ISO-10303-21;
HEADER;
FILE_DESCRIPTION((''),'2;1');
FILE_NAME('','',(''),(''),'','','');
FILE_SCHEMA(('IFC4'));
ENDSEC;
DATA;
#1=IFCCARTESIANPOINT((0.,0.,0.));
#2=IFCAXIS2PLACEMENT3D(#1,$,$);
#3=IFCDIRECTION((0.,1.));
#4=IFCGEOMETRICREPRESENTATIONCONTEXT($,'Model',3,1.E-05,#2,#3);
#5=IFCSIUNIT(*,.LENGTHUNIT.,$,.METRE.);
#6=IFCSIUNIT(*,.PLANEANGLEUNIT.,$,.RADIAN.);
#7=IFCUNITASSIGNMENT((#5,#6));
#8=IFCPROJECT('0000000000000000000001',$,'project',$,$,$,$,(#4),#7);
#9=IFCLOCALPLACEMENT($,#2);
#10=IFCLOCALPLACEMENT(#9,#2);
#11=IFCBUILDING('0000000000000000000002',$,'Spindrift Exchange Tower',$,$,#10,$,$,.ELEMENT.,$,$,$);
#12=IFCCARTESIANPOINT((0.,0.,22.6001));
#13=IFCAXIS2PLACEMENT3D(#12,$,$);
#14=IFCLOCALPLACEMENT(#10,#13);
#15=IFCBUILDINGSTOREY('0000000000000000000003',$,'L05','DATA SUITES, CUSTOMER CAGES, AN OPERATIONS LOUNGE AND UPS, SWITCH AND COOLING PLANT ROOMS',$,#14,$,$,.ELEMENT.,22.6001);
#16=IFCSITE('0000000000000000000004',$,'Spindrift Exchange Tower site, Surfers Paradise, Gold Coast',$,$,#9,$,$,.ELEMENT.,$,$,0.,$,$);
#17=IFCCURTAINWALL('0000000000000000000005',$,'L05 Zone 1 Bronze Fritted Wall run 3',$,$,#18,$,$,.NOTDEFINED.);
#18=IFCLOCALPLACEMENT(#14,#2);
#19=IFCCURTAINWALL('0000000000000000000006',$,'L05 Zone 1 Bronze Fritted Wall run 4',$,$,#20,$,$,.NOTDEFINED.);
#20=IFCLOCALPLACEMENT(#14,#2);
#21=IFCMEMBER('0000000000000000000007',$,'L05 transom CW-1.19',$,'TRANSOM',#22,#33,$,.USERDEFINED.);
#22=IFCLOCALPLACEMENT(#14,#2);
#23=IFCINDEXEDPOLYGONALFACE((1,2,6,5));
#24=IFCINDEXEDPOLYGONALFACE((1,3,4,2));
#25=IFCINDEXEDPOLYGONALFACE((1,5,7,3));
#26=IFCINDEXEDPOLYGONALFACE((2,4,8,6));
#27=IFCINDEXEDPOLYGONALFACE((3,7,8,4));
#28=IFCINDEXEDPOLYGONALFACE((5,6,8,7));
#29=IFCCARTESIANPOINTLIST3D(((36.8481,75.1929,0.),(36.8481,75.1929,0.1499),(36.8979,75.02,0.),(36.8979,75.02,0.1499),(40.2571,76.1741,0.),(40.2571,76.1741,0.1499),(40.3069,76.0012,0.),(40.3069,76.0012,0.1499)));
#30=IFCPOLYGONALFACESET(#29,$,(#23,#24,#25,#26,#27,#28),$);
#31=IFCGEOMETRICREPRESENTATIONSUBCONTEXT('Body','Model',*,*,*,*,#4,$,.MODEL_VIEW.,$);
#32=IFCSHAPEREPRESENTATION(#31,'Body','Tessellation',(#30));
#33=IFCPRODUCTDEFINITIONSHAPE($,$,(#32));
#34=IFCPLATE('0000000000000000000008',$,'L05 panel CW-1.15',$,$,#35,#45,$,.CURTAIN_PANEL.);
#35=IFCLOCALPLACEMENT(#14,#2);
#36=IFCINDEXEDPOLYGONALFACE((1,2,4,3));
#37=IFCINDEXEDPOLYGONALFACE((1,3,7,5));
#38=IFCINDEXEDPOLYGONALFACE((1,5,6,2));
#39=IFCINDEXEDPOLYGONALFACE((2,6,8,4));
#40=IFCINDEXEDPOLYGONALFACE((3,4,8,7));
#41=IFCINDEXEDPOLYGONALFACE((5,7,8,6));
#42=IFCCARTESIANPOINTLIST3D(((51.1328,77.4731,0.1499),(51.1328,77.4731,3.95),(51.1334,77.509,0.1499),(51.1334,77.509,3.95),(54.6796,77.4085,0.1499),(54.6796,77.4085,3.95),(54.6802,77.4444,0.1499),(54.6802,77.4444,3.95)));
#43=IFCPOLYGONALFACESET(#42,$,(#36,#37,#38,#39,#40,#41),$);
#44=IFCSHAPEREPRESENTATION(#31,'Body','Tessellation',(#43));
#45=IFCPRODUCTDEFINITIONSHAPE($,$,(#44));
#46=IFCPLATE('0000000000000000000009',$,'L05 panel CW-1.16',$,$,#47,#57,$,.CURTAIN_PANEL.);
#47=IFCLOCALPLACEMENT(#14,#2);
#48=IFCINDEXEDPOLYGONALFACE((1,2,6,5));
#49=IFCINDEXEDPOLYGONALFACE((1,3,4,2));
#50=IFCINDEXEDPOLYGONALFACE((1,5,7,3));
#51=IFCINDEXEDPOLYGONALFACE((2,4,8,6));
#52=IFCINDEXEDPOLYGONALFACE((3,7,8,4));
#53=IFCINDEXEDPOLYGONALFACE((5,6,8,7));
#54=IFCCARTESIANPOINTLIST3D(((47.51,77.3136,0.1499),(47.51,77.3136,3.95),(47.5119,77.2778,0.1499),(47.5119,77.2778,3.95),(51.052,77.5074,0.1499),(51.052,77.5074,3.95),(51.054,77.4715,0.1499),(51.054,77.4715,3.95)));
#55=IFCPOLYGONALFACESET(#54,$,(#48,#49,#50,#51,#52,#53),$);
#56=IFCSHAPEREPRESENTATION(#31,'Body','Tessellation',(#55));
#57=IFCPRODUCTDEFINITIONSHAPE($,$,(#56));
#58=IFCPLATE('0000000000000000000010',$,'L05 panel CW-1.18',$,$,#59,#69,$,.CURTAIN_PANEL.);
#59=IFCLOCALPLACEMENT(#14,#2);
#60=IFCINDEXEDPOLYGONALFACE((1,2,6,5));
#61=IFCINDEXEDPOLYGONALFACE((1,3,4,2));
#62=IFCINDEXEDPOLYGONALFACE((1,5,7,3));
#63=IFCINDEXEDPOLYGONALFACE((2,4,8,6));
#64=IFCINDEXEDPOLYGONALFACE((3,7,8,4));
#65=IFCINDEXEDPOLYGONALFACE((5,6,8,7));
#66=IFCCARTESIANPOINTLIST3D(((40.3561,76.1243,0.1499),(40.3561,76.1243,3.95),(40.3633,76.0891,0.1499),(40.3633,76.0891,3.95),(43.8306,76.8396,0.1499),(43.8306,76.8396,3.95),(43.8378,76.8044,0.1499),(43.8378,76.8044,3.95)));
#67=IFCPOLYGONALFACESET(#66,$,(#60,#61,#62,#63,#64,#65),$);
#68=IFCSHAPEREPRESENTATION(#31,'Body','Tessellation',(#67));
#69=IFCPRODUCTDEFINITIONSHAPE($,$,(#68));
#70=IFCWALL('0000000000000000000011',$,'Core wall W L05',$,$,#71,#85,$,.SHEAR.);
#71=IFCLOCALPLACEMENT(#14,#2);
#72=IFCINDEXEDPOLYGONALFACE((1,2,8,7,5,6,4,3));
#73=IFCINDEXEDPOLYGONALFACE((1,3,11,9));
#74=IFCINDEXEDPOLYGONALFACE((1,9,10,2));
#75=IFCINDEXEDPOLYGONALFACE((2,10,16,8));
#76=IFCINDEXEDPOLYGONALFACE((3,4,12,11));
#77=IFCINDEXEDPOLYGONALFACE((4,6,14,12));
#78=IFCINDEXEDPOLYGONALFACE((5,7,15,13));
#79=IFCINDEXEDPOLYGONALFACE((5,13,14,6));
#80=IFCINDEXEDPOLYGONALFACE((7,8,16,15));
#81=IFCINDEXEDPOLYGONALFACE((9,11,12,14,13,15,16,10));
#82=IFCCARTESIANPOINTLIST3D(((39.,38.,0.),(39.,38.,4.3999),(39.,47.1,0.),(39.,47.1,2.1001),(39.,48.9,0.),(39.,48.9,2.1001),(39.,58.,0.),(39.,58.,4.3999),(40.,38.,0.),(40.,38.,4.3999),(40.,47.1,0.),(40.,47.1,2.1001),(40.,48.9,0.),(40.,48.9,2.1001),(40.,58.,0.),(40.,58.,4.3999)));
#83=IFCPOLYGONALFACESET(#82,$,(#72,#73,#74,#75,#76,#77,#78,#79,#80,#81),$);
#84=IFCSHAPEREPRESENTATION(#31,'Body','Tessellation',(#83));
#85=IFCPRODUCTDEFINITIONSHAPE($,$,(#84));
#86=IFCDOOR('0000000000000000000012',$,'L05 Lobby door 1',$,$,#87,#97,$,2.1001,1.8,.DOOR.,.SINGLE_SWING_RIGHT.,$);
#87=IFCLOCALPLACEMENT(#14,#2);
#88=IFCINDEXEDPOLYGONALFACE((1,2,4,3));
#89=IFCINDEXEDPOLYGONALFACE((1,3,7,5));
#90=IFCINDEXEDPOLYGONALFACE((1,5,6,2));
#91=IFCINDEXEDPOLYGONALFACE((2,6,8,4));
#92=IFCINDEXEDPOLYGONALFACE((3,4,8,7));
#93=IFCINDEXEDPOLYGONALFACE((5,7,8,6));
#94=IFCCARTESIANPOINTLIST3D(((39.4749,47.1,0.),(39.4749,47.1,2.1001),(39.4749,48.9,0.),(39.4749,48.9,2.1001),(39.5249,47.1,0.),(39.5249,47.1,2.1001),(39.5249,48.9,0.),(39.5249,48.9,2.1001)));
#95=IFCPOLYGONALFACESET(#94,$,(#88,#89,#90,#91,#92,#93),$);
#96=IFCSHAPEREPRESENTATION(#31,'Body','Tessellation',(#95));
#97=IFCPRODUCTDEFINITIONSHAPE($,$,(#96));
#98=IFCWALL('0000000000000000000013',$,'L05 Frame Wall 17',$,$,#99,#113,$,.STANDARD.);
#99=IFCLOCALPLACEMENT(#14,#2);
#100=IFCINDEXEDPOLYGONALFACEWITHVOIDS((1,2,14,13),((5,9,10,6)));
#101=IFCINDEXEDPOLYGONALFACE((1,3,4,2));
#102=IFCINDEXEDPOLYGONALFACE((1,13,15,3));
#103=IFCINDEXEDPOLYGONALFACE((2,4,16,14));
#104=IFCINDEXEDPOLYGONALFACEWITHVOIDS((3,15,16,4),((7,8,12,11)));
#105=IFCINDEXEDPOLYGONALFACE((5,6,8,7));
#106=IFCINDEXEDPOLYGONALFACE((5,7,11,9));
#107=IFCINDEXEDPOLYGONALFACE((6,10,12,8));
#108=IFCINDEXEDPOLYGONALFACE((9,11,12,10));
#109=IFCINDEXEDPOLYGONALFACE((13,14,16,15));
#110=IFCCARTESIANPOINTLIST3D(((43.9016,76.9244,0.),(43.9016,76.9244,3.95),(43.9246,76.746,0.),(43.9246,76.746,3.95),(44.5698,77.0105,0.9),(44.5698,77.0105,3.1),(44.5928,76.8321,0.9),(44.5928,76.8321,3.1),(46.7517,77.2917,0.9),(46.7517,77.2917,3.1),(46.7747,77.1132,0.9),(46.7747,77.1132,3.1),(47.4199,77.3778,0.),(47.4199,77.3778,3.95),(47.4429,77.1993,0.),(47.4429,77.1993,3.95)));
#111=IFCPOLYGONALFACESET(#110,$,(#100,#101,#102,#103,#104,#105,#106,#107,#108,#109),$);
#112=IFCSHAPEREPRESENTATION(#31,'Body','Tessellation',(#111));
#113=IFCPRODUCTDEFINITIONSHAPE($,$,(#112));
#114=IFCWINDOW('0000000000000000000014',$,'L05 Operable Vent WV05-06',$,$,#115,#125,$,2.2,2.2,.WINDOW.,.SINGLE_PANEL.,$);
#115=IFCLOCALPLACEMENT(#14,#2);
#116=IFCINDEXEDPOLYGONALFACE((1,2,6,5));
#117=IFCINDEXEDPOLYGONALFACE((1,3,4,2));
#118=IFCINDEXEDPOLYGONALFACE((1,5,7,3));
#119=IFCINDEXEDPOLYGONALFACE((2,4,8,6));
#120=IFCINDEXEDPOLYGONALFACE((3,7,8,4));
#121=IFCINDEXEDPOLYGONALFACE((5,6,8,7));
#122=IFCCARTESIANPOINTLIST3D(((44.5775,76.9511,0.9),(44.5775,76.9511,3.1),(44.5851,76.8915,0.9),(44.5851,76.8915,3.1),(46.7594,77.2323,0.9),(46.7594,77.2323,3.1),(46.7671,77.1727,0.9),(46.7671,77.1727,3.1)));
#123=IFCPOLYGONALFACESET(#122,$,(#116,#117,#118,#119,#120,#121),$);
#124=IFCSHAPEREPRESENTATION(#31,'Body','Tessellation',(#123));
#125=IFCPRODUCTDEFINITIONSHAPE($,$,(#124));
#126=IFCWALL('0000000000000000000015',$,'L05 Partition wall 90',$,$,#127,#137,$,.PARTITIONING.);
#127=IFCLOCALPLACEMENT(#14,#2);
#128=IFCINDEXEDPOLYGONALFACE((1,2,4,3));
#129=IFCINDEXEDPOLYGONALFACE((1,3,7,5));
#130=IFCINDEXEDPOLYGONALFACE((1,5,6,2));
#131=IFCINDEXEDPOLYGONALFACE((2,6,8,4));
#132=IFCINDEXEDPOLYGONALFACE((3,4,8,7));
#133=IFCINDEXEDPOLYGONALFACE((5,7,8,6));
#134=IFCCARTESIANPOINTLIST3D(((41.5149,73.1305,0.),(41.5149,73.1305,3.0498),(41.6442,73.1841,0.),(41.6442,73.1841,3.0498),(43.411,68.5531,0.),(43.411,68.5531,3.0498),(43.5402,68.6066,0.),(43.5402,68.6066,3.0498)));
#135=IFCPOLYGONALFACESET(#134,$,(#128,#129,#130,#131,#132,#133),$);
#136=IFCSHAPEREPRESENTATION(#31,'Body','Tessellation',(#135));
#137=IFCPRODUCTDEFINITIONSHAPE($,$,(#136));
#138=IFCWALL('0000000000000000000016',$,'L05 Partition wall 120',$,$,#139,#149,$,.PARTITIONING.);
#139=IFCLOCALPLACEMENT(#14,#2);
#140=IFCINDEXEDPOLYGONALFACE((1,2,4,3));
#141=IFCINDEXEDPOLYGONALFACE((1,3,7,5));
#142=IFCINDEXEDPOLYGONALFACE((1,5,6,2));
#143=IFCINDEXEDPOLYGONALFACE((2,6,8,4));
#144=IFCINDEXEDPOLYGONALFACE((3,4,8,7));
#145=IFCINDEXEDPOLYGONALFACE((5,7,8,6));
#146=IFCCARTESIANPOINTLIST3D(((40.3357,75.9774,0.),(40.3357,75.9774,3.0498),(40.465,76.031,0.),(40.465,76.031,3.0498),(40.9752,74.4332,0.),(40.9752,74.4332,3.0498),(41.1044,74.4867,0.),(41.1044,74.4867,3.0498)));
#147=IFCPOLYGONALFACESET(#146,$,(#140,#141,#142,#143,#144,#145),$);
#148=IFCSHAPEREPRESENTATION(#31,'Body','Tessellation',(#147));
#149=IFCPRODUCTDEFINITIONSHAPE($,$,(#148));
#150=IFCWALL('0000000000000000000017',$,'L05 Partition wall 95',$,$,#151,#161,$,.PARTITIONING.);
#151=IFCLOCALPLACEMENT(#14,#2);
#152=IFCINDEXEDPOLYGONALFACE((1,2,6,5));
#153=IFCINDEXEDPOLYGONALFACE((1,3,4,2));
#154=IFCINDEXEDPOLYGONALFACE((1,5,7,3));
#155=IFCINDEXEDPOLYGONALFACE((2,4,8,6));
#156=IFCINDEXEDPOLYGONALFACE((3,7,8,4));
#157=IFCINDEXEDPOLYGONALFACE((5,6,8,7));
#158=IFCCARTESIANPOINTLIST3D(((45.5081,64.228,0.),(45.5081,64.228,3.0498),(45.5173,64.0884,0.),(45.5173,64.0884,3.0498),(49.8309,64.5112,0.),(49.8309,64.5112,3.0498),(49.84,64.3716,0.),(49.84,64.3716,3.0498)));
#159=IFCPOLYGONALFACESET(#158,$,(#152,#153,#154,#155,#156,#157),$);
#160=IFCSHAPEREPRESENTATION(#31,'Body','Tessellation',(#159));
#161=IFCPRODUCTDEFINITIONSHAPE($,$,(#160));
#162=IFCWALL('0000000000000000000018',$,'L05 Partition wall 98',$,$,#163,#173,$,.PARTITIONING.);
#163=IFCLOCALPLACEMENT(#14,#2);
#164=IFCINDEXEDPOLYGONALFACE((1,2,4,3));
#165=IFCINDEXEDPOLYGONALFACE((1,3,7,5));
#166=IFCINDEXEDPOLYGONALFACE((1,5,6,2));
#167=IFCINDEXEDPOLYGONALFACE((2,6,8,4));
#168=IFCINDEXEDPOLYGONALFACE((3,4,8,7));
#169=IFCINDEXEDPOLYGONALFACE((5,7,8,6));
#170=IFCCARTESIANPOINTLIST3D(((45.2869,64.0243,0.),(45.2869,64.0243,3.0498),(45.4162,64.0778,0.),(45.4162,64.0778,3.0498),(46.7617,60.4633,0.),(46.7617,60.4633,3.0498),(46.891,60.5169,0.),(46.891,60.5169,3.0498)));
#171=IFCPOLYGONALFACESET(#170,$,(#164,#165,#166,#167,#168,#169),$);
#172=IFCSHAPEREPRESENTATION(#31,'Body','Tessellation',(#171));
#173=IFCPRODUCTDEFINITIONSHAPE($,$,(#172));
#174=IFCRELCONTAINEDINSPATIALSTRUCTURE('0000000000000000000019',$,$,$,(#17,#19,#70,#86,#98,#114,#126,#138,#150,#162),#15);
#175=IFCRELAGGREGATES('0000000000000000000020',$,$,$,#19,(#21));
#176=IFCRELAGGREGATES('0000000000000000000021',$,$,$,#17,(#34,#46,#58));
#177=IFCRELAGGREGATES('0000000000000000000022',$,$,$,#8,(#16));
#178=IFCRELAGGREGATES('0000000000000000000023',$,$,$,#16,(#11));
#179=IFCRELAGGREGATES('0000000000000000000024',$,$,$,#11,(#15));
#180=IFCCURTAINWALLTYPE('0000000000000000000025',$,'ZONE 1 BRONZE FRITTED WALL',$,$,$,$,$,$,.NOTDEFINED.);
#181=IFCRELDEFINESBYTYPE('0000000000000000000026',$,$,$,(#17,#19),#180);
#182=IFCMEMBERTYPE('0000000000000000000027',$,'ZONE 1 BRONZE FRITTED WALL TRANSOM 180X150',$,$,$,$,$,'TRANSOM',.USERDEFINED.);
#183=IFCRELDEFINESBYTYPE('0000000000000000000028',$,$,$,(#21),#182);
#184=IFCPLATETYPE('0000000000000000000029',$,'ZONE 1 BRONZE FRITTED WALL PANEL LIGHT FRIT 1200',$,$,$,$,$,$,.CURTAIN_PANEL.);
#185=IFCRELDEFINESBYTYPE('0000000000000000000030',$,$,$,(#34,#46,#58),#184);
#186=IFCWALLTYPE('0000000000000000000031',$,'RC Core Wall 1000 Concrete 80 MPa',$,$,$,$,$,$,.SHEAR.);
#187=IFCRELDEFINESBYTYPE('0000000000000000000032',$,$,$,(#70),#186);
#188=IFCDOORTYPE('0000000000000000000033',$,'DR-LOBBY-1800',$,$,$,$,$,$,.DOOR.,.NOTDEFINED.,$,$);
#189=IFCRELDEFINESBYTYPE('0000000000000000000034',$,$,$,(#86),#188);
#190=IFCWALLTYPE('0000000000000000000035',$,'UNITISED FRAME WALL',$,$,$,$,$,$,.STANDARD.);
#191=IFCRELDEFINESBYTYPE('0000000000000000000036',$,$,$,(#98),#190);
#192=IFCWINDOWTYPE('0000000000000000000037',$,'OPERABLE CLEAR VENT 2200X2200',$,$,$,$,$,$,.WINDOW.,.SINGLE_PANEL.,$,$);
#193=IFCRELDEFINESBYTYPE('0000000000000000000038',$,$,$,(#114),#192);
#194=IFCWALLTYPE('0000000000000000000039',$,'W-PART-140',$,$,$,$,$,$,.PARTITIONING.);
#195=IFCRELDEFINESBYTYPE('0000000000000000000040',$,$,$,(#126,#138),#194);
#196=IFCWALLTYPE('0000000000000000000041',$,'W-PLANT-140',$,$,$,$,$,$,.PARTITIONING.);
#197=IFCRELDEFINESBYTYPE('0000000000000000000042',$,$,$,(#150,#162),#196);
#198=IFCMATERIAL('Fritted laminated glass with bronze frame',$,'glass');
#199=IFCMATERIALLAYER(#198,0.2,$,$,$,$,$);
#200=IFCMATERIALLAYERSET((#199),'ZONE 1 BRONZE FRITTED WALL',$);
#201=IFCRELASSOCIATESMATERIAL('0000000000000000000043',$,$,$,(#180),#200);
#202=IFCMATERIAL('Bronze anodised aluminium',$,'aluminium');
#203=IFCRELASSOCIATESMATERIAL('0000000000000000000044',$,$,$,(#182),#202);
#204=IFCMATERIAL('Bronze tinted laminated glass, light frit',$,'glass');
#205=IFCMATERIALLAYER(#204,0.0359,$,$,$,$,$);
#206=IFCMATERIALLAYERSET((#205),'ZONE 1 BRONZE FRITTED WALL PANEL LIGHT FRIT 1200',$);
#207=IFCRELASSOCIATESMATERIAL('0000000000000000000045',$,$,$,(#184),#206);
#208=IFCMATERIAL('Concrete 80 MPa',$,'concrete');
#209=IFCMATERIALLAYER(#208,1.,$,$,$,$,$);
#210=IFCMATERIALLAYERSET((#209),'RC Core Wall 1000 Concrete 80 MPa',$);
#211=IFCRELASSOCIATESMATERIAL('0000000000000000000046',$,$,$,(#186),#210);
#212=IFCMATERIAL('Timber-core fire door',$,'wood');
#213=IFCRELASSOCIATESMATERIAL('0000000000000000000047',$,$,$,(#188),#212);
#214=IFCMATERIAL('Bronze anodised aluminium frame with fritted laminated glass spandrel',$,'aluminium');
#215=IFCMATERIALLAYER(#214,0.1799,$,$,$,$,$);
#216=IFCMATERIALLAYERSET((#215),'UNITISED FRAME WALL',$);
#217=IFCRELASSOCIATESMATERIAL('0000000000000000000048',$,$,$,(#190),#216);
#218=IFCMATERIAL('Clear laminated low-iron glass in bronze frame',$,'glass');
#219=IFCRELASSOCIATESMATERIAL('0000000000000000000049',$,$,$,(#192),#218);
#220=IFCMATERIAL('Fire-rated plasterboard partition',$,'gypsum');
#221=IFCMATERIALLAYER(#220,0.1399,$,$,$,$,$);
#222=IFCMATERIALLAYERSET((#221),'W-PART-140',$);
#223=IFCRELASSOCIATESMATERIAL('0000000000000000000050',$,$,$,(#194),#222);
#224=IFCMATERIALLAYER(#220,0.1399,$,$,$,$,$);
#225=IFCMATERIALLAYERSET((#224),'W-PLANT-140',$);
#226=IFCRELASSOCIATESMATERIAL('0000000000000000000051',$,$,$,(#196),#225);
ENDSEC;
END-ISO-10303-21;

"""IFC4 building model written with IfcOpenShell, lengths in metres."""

from ifc_helpers import new_model, si_unit, direction, frame, frame_2d, origin, origin_2d, place, context, subcontext, project, spatial, rectangle, extrude, source, transform, mapped, material, layer, layer_set, material_profile, profile_set, type_object, element, fill, aggregate, save


model = new_model("IFC4")

# Units and contexts
model_context = context("Model", 3, precision=1e-05, world=origin(), true_north=direction((0.0, 1.0)))
body_context = subcontext(model_context, "Body", "Model", "MODEL_VIEW")
ifc_project = project(units=[si_unit("LENGTHUNIT", "METRE"), si_unit("PLANEANGLEUNIT", "RADIAN")], contexts=[model_context])

# Site, building, storey
site_placement = place(None, origin())
site = spatial("IfcSite", under=ifc_project, at=site_placement, Name="Spindrift Exchange Tower site, Surfers Paradise, Gold Coast", CompositionType="ELEMENT", RefElevation=0.0)
building_placement = place(site_placement, origin())
building = spatial("IfcBuilding", under=site, at=building_placement, Name="Spindrift Exchange Tower", CompositionType="ELEMENT")
storey_placement = place(building_placement, frame((0.0, 0.0, 22.6001)))
storey = spatial("IfcBuildingStorey", under=building, at=storey_placement, Name="L05", Description="DATA SUITES, CUSTOMER CAGES, AN OPERATIONS LOUNGE AND UPS, SWITCH AND COOLING PLANT ROOMS", CompositionType="ELEMENT", Elevation=22.6001)

# Shared definitions
ifc_material_1 = material(Name="Concrete 80 MPa", Category="concrete")

# Curtain wall
ifc_material_2 = material(Name="Fritted laminated glass with bronze frame", Category="glass")
ifc_layer_1 = layer(ifc_material_2, 0.2)
ifc_layer_set_1 = layer_set([ifc_layer_1], Name="ZONE 1 BRONZE FRITTED WALL")
curtain_wall_type = type_object("IfcCurtainWallType", Name="ZONE 1 BRONZE FRITTED WALL", PredefinedType="NOTDEFINED", material=ifc_layer_set_1)
curtain_wall_1_placement = place(storey_placement, origin())
curtain_wall_1 = element("IfcCurtainWall", 1, at=curtain_wall_1_placement, inside=storey, type_object=curtain_wall_type, Name="L05 Zone 1 Bronze Fritted Wall run 3", PredefinedType="NOTDEFINED")
ifc_material_3 = material(Name="Bronze anodised aluminium", Category="aluminium")

# Curtain wall
curtain_wall_2_placement = place(storey_placement, origin())
curtain_wall_2 = element("IfcCurtainWall", 2, at=curtain_wall_2_placement, inside=storey, type_object=curtain_wall_type, Name="L05 Zone 1 Bronze Fritted Wall run 4", PredefinedType="NOTDEFINED")

# Member
ifc_material_profile_1 = material_profile(ifc_material_3, rectangle(XDim=0.1799, YDim=0.1499, at=origin_2d()), Name="ZONE 1 BRONZE FRITTED WALL TRANSOM 180X150")
ifc_profile_set_1 = profile_set([ifc_material_profile_1], Name="Bronze anodised aluminium")
member_type_1 = type_object("IfcMemberType", Name="ZONE 1 BRONZE FRITTED WALL TRANSOM 180X150", ElementType="TRANSOM", PredefinedType="USERDEFINED", material=ifc_profile_set_1)
shared_shape_1 = source(origin(), body_context, "Body", "SweptSolid", [
    extrude(rectangle(XDim=0.1799, YDim=0.1499, at=origin_2d()), origin(), (0.0, 0.0, 1.0), 3.5474),
])
member_1_placement = place(storey_placement, frame((40.282, 76.0876, 0.075), z_axis=(-0.960985, -0.276602, 0.0), x_axis=(0.276602, -0.960985, 0.0)))
member_1 = element("IfcMember", 3, at=member_1_placement, type_object=member_type_1, Name="L05 transom CW-1.19", ObjectType="TRANSOM", PredefinedType="USERDEFINED", context=body_context, shape_type="MappedRepresentation", body=[
    mapped(shared_shape_1, transform((0.0, 0.0, 0.0), scale=1.0)),
])
aggregate(curtain_wall_2, [member_1])

# Plates
ifc_material_4 = material(Name="Bronze tinted laminated glass, light frit", Category="glass")
ifc_layer_2 = layer(ifc_material_4, 0.0359)
ifc_layer_set_2 = layer_set([ifc_layer_2], Name="ZONE 1 BRONZE FRITTED WALL PANEL LIGHT FRIT 1200")
plate_type = type_object("IfcPlateType", Name="ZONE 1 BRONZE FRITTED WALL PANEL LIGHT FRIT 1200", PredefinedType="CURTAIN_PANEL", material=ifc_layer_set_2)
shared_shape_2 = source(origin(), body_context, "Body", "SweptSolid", [
    extrude(rectangle(XDim=3.5474, YDim=0.0359, at=origin_2d()), origin(), (0.0, 0.0, 1.0), 3.8),
])
plate_1_placement = place(storey_placement, frame((52.9065, 77.4587, 0.1499), z_axis=(0.0, 0.0, 1.0), x_axis=(-0.999834, 0.018194, 0.0)))
plate_1 = element("IfcPlate", 4, at=plate_1_placement, type_object=plate_type, Name="L05 panel CW-1.15", PredefinedType="CURTAIN_PANEL", context=body_context, shape_type="MappedRepresentation", body=[
    mapped(shared_shape_2, transform((0.0, 0.0, 0.0), scale=1.0)),
])
plate_2_placement = place(storey_placement, frame((49.282, 77.3926, 0.1499), z_axis=(0.0, 0.0, 1.0), x_axis=(-0.998508, -0.054612, 0.0)))
plate_2 = element("IfcPlate", 5, at=plate_2_placement, type_object=plate_type, Name="L05 panel CW-1.16", PredefinedType="CURTAIN_PANEL", context=body_context, shape_type="MappedRepresentation", body=[
    mapped(shared_shape_2, transform((0.0, 0.0, 0.0), scale=1.0)),
])
plate_3_placement = place(storey_placement, frame((42.0969, 76.4644, 0.1499), z_axis=(0.0, 0.0, 1.0), x_axis=(-0.979461, -0.201632, 0.0)))
plate_3 = element("IfcPlate", 6, at=plate_3_placement, type_object=plate_type, Name="L05 panel CW-1.18", PredefinedType="CURTAIN_PANEL", context=body_context, shape_type="MappedRepresentation", body=[
    mapped(shared_shape_2, transform((0.0, 0.0, 0.0), scale=1.0)),
])
aggregate(curtain_wall_1, [plate_1, plate_2, plate_3])

# Wall, opening, door
ifc_layer_3 = layer(ifc_material_1, 1.0)
ifc_layer_set_3 = layer_set([ifc_layer_3], Name="RC Core Wall 1000 Concrete 80 MPa")
wall_type_1 = type_object("IfcWallType", Name="RC Core Wall 1000 Concrete 80 MPa", PredefinedType="SHEAR", material=ifc_layer_set_3)
wall_1_placement = place(storey_placement, frame((39.5, 58.0, 0.0), z_axis=(0.0, 0.0, 1.0), x_axis=(0.0, -1.0, 0.0)))
wall_1 = element("IfcWall", 7, at=wall_1_placement, inside=storey, type_object=wall_type_1, Name="Core wall W L05", PredefinedType="SHEAR", context=body_context, shape_type="SweptSolid", body=[
    extrude(rectangle(XDim=20.0, YDim=1.0, at=frame_2d((10.0, 0.0))), origin(), (0.0, 0.0, 1.0), 4.3999),
])
opening_1_placement = place(wall_1_placement, frame((9.1001, 0.0, 0.0)))
opening_1 = element("IfcOpeningElement", 8, at=opening_1_placement, cuts=wall_1, PredefinedType="OPENING", context=body_context, shape_type="SweptSolid", body=[
    extrude(rectangle(XDim=1.8, YDim=2.1001, at=frame_2d((0.8999, 1.05))), frame((0.0, 0.51, 0.0), z_axis=(0.0, -1.0, 0.0), x_axis=(1.0, 0.0, 0.0)), (0.0, 0.0, 1.0), 1.02),
])
ifc_material_5 = material(Name="Timber-core fire door", Category="wood")
door_type = type_object("IfcDoorType", Name="DR-LOBBY-1800", OperationType="NOTDEFINED", PredefinedType="DOOR", material=ifc_material_5)
shared_shape_3 = source(origin(), body_context, "Body", "SweptSolid", [
    extrude(rectangle(XDim=1.8, YDim=2.1001, at=frame_2d((0.8999, 1.05))), frame((0.0, 0.0249, 0.0), z_axis=(0.0, -1.0, 0.0), x_axis=(1.0, 0.0, 0.0)), (0.0, 0.0, 1.0), 0.05),
])
door_placement = place(opening_1_placement, origin())
door = element("IfcDoor", 9, at=door_placement, inside=storey, type_object=door_type, Name="L05 Lobby door 1", OperationType="SINGLE_SWING_RIGHT", OverallHeight=2.1001, OverallWidth=1.8, PredefinedType="DOOR", context=body_context, shape_type="MappedRepresentation", body=[
    mapped(shared_shape_3, transform((0.0, 0.0, 0.0), scale=1.0)),
])
fill(opening_1, door)

# Wall, opening, window
ifc_material_6 = material(Name="Bronze anodised aluminium frame with fritted laminated glass spandrel", Category="aluminium")
ifc_layer_4 = layer(ifc_material_6, 0.1799)
ifc_layer_set_4 = layer_set([ifc_layer_4], Name="UNITISED FRAME WALL")
wall_type_2 = type_object("IfcWallType", Name="UNITISED FRAME WALL", PredefinedType="STANDARD", material=ifc_layer_set_4)
wall_2_placement = place(storey_placement, frame((47.4314, 77.2886, 0.0), z_axis=(0.0, 0.0, 1.0), x_axis=(-0.9918, -0.127803, 0.0)))
wall_2 = element("IfcWall", 10, at=wall_2_placement, inside=storey, type_object=wall_type_2, Name="L05 Frame Wall 17", PredefinedType="STANDARD", context=body_context, shape_type="SweptSolid", body=[
    extrude(rectangle(XDim=3.5474, YDim=0.1799, at=frame_2d((1.7737, 0.0))), origin(), (0.0, 0.0, 1.0), 3.95),
])
opening_2_placement = place(wall_2_placement, frame((0.6736, 0.0, 0.8999)))
opening_2 = element("IfcOpeningElement", 11, at=opening_2_placement, cuts=wall_2, PredefinedType="OPENING", context=body_context, shape_type="SweptSolid", body=[
    extrude(rectangle(XDim=2.2, YDim=2.2, at=frame_2d((1.1001, 1.1001))), frame((0.0, 0.0999, 0.0), z_axis=(0.0, -1.0, 0.0), x_axis=(1.0, 0.0, 0.0)), (0.0, 0.0, 1.0), 0.2),
])
ifc_material_7 = material(Name="Clear laminated low-iron glass in bronze frame", Category="glass")
window_type = type_object("IfcWindowType", Name="OPERABLE CLEAR VENT 2200X2200", PartitioningType="SINGLE_PANEL", PredefinedType="WINDOW", material=ifc_material_7)
shared_shape_4 = source(origin(), body_context, "Body", "SweptSolid", [
    extrude(rectangle(XDim=2.2, YDim=2.2, at=frame_2d((1.1001, 1.1001))), frame((0.0, 0.03, 0.0), z_axis=(0.0, -1.0, 0.0), x_axis=(1.0, 0.0, 0.0)), (0.0, 0.0, 1.0), 0.0601),
])
window_placement = place(opening_2_placement, origin())
window = element("IfcWindow", 12, at=window_placement, inside=storey, type_object=window_type, Name="L05 Operable Vent WV05-06", OverallHeight=2.2, OverallWidth=2.2, PartitioningType="SINGLE_PANEL", PredefinedType="WINDOW", context=body_context, shape_type="MappedRepresentation", body=[
    mapped(shared_shape_4, transform((0.0, 0.0, 0.0), scale=1.0)),
])
fill(opening_2, window)

# Walls
ifc_material_8 = material(Name="Fire-rated plasterboard partition", Category="gypsum")
ifc_layer_5 = layer(ifc_material_8, 0.1399)
ifc_layer_set_5 = layer_set([ifc_layer_5], Name="W-PART-140")
wall_type_3 = type_object("IfcWallType", Name="W-PART-140", PredefinedType="PARTITIONING", material=ifc_layer_set_5)
wall_3_placement = place(storey_placement, frame((43.4756, 68.5798, 0.0), z_axis=(0.0, 0.0, 1.0), x_axis=(-0.38268, 0.923881, 0.0)))
element("IfcWall", 13, at=wall_3_placement, inside=storey, type_object=wall_type_3, Name="L05 Partition wall 90", PredefinedType="PARTITIONING", context=body_context, shape_type="SweptSolid", body=[
    extrude(rectangle(XDim=4.9546, YDim=0.1399, at=frame_2d((2.4773, 0.0))), origin(), (0.0, 0.0, 1.0), 3.0498),
])
wall_4_placement = place(storey_placement, frame((41.0398, 74.46, 0.0), z_axis=(0.0, 0.0, 1.0), x_axis=(-0.382571, 0.923926, 0.0)))
element("IfcWall", 14, at=wall_4_placement, inside=storey, type_object=wall_type_3, Name="L05 Partition wall 120", PredefinedType="PARTITIONING", context=body_context, shape_type="SweptSolid", body=[
    extrude(rectangle(XDim=1.6714, YDim=0.1399, at=frame_2d((0.8357, 0.0))), origin(), (0.0, 0.0, 1.0), 3.0498),
])
ifc_layer_6 = layer(ifc_material_8, 0.1399)
ifc_layer_set_6 = layer_set([ifc_layer_6], Name="W-PLANT-140")
wall_type_4 = type_object("IfcWallType", Name="W-PLANT-140", PredefinedType="PARTITIONING", material=ifc_layer_set_6)
wall_5_placement = place(storey_placement, frame((49.8354, 64.4414, 0.0), z_axis=(0.0, 0.0, 1.0), x_axis=(-0.997861, -0.065374, 0.0)))
element("IfcWall", 15, at=wall_5_placement, inside=storey, type_object=wall_type_4, Name="L05 Partition wall 95", PredefinedType="PARTITIONING", context=body_context, shape_type="SweptSolid", body=[
    extrude(rectangle(XDim=4.332, YDim=0.1399, at=frame_2d((2.166, 0.0))), origin(), (0.0, 0.0, 1.0), 3.0498),
])
wall_6_placement = place(storey_placement, frame((46.8264, 60.49, 0.0), z_axis=(0.0, 0.0, 1.0), x_axis=(-0.382645, 0.923896, 0.0)))
element("IfcWall", 16, at=wall_6_placement, inside=storey, type_object=wall_type_4, Name="L05 Partition wall 98", PredefinedType="PARTITIONING", context=body_context, shape_type="SweptSolid", body=[
    extrude(rectangle(XDim=3.8542, YDim=0.1399, at=frame_2d((1.9272, 0.0))), origin(), (0.0, 0.0, 1.0), 3.0498),
])

save(model, "model.ifc")
